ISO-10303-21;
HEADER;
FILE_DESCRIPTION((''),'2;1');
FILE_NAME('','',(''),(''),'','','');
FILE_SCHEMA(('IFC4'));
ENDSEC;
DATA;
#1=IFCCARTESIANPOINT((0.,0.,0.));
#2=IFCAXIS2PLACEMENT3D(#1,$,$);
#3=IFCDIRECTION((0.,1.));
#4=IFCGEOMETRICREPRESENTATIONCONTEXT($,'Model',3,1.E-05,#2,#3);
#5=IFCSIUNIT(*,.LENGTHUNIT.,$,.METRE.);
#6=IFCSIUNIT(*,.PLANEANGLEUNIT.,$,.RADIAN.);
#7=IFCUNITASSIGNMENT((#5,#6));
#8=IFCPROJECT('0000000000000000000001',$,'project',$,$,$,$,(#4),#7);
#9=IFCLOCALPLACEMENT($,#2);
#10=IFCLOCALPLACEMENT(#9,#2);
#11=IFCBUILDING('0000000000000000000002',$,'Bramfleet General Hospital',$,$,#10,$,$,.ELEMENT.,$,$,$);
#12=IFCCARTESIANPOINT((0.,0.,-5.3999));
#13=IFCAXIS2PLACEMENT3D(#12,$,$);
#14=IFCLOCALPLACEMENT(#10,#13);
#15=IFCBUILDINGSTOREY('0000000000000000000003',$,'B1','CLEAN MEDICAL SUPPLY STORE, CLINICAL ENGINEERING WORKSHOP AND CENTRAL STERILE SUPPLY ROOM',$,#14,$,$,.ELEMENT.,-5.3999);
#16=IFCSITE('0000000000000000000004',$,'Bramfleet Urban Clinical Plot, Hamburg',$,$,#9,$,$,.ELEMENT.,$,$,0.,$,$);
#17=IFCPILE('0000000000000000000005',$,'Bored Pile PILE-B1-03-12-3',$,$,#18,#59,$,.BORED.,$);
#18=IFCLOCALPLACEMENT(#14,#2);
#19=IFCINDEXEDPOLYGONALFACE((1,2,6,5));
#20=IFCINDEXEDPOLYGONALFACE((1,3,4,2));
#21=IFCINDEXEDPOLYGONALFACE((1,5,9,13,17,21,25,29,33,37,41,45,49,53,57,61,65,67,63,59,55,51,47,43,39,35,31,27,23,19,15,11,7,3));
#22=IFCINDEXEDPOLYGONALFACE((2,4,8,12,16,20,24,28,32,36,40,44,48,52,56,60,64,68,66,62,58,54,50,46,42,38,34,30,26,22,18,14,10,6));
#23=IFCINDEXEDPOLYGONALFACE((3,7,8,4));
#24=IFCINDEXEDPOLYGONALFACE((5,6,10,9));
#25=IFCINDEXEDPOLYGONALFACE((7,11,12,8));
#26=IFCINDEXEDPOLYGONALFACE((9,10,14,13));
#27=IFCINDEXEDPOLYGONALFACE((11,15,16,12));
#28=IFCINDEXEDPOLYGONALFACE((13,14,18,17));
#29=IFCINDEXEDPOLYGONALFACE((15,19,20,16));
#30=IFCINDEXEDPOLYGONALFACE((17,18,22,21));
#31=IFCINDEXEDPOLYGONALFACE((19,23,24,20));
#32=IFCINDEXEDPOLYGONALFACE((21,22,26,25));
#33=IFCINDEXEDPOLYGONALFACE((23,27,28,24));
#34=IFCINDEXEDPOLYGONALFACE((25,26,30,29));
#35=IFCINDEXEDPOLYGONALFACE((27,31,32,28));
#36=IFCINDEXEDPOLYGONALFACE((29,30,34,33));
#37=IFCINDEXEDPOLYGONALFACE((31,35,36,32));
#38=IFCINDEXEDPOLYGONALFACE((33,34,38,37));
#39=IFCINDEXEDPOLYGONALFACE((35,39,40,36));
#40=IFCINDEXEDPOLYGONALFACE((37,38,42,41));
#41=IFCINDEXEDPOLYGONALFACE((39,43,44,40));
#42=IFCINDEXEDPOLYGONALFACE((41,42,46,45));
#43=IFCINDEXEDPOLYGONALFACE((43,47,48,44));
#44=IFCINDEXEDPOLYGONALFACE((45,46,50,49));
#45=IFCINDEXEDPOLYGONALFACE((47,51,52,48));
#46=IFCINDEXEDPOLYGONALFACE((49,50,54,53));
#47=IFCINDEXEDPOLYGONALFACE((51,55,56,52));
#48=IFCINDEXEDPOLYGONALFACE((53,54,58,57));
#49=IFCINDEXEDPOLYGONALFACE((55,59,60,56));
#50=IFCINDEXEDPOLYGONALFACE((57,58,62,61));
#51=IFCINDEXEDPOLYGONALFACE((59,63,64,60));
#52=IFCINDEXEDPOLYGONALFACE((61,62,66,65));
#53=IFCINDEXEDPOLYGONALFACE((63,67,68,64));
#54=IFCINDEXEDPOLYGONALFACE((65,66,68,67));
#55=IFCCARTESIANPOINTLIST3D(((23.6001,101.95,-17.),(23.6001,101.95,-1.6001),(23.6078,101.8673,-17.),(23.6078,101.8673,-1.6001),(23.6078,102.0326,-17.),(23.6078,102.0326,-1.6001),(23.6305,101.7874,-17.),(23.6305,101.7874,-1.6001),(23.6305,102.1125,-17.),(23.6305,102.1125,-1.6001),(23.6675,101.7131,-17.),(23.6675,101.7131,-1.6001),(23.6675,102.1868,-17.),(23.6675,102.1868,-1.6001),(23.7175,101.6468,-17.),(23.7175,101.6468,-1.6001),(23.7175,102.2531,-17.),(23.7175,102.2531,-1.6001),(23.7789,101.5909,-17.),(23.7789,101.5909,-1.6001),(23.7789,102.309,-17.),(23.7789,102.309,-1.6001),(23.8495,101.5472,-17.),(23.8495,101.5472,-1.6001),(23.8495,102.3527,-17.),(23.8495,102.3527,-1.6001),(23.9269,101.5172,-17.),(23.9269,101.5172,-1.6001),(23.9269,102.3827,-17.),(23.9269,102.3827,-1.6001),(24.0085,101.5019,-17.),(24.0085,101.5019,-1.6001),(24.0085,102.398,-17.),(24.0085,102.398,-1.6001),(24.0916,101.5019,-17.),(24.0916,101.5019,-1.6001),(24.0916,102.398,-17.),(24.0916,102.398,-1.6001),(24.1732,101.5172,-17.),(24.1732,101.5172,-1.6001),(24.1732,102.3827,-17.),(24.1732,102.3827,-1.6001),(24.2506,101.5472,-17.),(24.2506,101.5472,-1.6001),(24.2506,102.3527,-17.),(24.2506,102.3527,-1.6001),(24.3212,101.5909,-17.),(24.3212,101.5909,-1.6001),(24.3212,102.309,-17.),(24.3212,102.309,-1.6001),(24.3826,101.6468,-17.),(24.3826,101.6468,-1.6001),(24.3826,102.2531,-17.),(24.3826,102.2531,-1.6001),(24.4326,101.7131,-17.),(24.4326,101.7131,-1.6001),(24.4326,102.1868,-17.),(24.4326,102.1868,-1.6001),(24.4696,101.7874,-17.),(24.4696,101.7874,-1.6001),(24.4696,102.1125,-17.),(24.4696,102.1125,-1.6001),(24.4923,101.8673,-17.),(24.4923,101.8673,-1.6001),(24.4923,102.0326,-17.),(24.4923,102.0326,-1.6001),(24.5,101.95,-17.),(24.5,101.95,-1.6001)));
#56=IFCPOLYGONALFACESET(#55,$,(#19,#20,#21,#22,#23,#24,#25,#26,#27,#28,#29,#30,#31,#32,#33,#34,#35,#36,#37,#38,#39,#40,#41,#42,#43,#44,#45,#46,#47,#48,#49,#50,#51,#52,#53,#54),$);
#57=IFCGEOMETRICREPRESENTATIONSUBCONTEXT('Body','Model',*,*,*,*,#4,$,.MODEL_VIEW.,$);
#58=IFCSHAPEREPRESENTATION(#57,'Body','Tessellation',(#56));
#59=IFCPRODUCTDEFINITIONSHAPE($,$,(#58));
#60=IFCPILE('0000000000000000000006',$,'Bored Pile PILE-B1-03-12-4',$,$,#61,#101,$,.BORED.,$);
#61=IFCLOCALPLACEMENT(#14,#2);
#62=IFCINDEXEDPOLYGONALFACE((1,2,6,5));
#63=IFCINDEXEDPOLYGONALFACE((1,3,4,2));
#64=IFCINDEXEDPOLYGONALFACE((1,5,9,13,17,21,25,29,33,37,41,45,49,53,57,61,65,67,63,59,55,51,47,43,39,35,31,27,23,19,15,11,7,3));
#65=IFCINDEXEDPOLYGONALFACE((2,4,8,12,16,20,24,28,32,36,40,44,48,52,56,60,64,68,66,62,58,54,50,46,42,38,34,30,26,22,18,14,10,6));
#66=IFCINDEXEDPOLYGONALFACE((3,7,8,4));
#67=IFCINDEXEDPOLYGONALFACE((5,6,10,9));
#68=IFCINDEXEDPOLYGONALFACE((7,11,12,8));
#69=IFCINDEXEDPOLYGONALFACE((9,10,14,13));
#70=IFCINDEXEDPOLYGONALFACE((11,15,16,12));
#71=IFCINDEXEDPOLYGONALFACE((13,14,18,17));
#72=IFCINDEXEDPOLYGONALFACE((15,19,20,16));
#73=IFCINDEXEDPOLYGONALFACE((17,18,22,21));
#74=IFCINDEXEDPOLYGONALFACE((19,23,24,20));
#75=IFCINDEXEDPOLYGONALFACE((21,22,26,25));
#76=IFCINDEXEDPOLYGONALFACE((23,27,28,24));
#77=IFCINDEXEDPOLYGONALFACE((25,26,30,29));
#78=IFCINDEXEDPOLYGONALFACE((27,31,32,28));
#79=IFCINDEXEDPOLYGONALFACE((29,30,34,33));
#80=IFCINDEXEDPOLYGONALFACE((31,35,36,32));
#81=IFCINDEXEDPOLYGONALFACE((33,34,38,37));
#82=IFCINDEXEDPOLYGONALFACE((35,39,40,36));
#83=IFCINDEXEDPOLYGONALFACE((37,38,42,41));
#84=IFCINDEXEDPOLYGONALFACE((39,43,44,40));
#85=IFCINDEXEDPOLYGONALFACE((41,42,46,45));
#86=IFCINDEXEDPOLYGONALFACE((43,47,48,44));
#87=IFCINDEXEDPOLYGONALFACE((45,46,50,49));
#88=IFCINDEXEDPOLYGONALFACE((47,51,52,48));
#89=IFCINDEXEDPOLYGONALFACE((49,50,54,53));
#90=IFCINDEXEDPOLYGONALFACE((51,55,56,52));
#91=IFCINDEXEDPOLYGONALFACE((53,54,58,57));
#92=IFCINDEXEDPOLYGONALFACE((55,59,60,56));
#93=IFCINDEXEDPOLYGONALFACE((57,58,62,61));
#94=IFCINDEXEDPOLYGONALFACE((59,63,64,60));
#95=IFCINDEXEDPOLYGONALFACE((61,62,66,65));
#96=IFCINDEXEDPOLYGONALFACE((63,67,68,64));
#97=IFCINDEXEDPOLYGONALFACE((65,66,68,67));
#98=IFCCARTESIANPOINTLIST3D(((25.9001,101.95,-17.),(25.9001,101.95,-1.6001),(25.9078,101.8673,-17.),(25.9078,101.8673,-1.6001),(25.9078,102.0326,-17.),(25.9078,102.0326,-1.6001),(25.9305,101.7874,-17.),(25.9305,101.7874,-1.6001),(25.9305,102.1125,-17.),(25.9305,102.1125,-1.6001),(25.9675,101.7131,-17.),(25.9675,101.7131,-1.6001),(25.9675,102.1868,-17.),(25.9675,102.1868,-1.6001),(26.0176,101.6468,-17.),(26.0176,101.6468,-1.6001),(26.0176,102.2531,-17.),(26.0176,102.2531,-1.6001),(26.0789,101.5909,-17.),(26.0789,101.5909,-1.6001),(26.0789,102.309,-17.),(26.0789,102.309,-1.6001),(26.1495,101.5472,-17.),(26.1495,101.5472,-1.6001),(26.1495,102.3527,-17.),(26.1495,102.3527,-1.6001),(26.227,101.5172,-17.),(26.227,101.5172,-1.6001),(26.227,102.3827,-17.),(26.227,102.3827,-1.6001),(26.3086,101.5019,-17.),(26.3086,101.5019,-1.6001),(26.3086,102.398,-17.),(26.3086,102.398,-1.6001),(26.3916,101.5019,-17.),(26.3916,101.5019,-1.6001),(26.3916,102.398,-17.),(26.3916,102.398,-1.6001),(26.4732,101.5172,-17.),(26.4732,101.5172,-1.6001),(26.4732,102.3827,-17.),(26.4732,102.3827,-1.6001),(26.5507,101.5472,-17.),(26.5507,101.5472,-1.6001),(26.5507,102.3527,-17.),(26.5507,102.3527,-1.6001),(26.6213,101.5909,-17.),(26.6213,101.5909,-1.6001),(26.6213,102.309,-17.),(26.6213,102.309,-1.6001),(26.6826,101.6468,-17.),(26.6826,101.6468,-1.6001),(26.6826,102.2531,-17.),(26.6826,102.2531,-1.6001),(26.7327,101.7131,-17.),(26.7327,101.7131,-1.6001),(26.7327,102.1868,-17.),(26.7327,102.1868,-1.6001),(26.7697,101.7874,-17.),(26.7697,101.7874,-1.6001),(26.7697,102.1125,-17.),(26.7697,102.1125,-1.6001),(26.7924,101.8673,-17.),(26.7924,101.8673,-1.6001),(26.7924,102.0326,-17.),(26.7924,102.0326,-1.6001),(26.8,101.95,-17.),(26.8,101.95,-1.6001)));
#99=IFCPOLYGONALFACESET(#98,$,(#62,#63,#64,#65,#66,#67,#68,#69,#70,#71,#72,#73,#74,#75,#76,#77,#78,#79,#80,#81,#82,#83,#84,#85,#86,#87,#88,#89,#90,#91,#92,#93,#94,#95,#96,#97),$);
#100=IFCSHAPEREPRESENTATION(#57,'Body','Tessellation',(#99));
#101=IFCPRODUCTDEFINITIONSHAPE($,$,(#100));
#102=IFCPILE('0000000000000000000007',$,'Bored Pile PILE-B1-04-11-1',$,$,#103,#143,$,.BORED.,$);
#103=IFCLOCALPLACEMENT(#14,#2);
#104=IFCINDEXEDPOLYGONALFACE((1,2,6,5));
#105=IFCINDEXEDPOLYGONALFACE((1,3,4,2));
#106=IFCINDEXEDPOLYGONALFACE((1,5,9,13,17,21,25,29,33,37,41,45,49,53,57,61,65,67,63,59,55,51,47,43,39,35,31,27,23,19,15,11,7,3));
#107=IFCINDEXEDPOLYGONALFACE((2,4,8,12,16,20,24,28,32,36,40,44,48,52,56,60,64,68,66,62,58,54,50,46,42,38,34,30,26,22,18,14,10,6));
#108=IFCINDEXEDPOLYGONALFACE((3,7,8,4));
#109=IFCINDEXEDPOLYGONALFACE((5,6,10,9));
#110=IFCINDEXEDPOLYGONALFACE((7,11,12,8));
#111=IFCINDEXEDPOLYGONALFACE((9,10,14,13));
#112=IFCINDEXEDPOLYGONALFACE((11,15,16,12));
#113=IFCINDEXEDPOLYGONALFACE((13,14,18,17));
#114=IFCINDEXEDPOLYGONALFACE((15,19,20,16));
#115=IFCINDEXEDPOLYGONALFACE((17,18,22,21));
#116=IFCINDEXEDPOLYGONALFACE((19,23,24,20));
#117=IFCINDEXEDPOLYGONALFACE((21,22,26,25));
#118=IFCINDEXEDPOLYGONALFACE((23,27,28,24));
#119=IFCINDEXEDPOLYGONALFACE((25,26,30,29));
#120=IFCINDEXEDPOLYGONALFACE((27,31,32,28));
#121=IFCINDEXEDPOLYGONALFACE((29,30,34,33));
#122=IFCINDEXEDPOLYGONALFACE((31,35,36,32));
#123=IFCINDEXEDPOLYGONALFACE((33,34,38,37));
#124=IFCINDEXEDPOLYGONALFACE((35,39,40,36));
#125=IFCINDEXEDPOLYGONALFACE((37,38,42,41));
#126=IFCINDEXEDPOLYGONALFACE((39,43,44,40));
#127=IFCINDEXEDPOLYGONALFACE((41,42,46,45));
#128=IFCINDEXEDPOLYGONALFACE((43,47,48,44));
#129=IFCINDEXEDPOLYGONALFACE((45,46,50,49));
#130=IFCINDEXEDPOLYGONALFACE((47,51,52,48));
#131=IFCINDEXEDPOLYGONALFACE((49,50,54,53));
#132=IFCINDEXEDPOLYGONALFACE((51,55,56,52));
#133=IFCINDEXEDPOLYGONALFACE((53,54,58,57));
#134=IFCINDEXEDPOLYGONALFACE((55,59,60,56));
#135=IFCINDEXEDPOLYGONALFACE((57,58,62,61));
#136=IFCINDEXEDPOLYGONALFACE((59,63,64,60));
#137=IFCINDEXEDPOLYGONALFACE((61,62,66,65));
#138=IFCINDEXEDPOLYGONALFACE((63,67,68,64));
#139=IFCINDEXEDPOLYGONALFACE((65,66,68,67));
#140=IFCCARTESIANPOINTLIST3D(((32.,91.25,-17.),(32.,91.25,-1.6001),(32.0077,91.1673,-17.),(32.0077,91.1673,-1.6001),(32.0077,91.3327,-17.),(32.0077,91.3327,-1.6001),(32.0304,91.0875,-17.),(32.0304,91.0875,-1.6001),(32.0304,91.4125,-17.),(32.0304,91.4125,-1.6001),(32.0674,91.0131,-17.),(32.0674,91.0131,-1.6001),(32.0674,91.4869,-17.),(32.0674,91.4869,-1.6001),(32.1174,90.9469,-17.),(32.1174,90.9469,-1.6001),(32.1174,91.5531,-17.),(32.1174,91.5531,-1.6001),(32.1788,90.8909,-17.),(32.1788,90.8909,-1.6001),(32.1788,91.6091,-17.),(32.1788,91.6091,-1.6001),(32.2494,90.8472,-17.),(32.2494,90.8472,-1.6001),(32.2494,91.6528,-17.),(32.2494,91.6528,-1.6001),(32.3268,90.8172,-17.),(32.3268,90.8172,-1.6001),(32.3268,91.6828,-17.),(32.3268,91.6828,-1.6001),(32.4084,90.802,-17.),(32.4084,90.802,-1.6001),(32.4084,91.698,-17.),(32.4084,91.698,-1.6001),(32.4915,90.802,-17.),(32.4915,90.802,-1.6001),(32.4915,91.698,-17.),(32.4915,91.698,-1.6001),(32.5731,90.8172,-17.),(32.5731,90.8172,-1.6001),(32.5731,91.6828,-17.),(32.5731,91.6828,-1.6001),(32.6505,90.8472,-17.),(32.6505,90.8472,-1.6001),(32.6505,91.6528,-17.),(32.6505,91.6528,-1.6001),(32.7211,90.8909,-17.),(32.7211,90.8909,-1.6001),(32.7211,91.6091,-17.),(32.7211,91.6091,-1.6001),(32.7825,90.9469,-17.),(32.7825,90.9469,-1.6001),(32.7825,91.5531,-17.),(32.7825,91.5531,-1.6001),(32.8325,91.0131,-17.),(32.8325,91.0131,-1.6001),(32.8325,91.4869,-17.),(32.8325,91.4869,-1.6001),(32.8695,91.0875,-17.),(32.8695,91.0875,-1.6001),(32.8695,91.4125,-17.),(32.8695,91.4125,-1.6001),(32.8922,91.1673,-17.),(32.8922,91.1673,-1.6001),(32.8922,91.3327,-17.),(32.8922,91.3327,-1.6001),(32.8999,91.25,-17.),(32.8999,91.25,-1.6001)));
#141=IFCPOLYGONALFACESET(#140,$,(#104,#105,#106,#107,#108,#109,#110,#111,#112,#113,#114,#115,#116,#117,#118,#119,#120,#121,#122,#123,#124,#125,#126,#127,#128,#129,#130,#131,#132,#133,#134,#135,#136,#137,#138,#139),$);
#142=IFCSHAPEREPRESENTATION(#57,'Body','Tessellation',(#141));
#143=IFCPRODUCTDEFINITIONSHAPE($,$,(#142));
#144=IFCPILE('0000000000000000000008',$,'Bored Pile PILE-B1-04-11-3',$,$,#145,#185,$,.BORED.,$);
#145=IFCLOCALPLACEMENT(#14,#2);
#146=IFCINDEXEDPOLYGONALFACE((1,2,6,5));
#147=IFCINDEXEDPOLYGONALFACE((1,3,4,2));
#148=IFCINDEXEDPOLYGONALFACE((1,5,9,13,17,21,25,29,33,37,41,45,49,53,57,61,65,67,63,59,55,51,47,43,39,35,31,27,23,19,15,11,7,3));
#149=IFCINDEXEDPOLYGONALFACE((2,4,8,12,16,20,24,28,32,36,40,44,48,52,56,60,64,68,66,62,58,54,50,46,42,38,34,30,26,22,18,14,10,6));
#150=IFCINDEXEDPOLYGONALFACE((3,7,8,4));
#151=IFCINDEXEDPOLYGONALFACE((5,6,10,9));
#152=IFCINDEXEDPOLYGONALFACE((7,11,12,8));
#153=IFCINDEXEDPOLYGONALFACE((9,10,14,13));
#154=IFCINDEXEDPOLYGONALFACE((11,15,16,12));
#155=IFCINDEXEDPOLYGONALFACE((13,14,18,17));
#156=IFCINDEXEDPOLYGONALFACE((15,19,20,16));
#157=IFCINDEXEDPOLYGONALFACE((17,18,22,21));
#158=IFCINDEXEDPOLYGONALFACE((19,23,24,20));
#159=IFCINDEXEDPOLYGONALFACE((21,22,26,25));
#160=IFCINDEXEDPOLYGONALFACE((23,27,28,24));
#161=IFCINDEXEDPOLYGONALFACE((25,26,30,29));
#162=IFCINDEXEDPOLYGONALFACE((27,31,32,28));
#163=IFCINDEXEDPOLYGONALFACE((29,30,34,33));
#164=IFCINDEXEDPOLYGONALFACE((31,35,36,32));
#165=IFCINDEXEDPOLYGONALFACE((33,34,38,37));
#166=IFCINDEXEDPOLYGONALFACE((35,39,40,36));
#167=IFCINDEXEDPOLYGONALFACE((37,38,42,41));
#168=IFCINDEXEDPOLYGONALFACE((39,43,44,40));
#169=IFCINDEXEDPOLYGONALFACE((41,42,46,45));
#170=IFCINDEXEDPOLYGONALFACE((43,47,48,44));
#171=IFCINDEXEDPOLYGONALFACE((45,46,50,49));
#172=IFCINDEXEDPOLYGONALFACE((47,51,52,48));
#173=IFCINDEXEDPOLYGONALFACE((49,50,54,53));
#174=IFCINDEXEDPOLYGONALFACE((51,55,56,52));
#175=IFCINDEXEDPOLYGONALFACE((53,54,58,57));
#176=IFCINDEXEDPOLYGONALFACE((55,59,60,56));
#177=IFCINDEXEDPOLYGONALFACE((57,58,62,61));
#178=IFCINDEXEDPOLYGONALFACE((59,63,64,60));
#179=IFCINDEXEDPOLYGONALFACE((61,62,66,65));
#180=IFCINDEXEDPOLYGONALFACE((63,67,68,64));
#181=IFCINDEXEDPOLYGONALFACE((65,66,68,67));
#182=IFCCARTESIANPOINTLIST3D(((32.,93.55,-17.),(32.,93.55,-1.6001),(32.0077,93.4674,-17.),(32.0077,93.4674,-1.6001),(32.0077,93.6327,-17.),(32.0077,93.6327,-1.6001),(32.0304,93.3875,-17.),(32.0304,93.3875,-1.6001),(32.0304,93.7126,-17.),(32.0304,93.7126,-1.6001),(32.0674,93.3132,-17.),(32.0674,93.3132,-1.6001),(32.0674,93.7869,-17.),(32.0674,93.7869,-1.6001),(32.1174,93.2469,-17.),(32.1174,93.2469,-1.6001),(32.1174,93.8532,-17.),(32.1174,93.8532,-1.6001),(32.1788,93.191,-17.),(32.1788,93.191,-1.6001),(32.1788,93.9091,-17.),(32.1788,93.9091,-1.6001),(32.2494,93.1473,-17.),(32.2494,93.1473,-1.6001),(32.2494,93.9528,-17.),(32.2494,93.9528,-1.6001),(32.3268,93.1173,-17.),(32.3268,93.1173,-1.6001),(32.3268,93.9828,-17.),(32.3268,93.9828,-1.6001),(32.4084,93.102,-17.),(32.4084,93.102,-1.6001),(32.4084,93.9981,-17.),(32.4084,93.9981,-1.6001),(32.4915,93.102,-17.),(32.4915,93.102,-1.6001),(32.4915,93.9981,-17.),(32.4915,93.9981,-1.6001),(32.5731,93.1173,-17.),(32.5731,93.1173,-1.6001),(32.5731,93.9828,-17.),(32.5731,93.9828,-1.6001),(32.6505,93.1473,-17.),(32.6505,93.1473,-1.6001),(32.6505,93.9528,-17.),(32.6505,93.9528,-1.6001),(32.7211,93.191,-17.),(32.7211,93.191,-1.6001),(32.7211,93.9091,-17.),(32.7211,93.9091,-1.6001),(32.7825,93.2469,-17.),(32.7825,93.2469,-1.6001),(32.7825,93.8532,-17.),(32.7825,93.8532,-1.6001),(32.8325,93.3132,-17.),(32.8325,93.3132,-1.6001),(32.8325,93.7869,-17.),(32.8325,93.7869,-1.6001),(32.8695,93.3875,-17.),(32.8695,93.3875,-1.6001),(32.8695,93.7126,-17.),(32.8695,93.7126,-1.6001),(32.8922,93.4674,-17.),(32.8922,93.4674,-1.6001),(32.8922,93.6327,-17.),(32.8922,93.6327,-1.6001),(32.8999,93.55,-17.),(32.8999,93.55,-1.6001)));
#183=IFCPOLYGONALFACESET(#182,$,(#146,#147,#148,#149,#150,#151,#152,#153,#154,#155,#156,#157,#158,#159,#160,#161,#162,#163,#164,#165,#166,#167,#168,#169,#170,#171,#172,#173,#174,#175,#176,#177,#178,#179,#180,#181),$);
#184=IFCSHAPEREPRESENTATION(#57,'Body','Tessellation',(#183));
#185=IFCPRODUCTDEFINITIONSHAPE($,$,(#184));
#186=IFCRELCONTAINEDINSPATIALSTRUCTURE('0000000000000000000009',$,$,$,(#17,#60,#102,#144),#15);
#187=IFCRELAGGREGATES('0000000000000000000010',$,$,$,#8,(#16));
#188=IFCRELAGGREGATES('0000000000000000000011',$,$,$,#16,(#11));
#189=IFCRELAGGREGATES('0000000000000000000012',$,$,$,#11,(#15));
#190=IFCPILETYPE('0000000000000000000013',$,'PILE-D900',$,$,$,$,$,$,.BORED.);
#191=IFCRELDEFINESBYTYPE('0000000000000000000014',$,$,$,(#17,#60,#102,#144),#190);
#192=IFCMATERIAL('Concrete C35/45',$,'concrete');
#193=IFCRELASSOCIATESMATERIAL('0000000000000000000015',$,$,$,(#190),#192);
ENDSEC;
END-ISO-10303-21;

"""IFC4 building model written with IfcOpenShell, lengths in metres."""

from ifc_helpers import new_model, si_unit, direction, frame, origin, origin_2d, place, context, subcontext, project, spatial, circle, extrude, material, material_profile, profile_set, type_object, element, save


model = new_model("IFC4")

# Units and contexts
model_context = context("Model", 3, precision=1e-05, world=origin(), true_north=direction((0.0, 1.0)))
body_context = subcontext(model_context, "Body", "Model", "MODEL_VIEW")
ifc_project = project(units=[si_unit("LENGTHUNIT", "METRE"), si_unit("PLANEANGLEUNIT", "RADIAN")], contexts=[model_context])

# Site, building, storey
site_placement = place(None, origin())
site = spatial("IfcSite", under=ifc_project, at=site_placement, Name="Bramfleet Urban Clinical Plot, Hamburg", CompositionType="ELEMENT", RefElevation=0.0)
building_placement = place(site_placement, origin())
building = spatial("IfcBuilding", under=site, at=building_placement, Name="Bramfleet General Hospital", CompositionType="ELEMENT")
storey_placement = place(building_placement, frame((0.0, 0.0, -5.3999)))
storey = spatial("IfcBuildingStorey", under=building, at=storey_placement, Name="B1", Description="CLEAN MEDICAL SUPPLY STORE, CLINICAL ENGINEERING WORKSHOP AND CENTRAL STERILE SUPPLY ROOM", CompositionType="ELEMENT", Elevation=-5.3999)

# Shared definitions
ifc_material_1 = material(Name="Concrete C35/45", Category="concrete")

# Piles
ifc_material_profile_1 = material_profile(ifc_material_1, circle(Radius=0.45, at=origin_2d()), Name="PILE BORED D900")
ifc_profile_set_1 = profile_set([ifc_material_profile_1], Name="Concrete C35/45")
pile_type = type_object("IfcPileType", Name="PILE-D900", PredefinedType="BORED", material=ifc_profile_set_1)
for number, where, z_axis, x_axis, name in (
    (1, (24.05, 101.95, -1.6001), (0.0, 0.0, -1.0), (1.0, 0.0, 0.0), "Bored Pile PILE-B1-03-12-3"),
    (2, (26.3501, 101.95, -1.6001), (0.0, 0.0, -1.0), (1.0, 0.0, 0.0), "Bored Pile PILE-B1-03-12-4"),
    (3, (32.45, 91.25, -1.6001), (0.0, 0.0, -1.0), (1.0, 0.0, 0.0), "Bored Pile PILE-B1-04-11-1"),
    (4, (32.45, 93.55, -1.6001), (0.0, 0.0, -1.0), (1.0, 0.0, 0.0), "Bored Pile PILE-B1-04-11-3"),
):
    element("IfcPile", number, at=place(storey_placement, frame(where, z_axis=z_axis, x_axis=x_axis)), inside=storey, type_object=pile_type, Name=name, PredefinedType="BORED", context=body_context, shape_type="SweptSolid", body=[
        extrude(circle(Radius=0.45, at=origin_2d()), origin(), (0.0, 0.0, 1.0), 15.3999),
    ])

save(model, "model.ifc")
